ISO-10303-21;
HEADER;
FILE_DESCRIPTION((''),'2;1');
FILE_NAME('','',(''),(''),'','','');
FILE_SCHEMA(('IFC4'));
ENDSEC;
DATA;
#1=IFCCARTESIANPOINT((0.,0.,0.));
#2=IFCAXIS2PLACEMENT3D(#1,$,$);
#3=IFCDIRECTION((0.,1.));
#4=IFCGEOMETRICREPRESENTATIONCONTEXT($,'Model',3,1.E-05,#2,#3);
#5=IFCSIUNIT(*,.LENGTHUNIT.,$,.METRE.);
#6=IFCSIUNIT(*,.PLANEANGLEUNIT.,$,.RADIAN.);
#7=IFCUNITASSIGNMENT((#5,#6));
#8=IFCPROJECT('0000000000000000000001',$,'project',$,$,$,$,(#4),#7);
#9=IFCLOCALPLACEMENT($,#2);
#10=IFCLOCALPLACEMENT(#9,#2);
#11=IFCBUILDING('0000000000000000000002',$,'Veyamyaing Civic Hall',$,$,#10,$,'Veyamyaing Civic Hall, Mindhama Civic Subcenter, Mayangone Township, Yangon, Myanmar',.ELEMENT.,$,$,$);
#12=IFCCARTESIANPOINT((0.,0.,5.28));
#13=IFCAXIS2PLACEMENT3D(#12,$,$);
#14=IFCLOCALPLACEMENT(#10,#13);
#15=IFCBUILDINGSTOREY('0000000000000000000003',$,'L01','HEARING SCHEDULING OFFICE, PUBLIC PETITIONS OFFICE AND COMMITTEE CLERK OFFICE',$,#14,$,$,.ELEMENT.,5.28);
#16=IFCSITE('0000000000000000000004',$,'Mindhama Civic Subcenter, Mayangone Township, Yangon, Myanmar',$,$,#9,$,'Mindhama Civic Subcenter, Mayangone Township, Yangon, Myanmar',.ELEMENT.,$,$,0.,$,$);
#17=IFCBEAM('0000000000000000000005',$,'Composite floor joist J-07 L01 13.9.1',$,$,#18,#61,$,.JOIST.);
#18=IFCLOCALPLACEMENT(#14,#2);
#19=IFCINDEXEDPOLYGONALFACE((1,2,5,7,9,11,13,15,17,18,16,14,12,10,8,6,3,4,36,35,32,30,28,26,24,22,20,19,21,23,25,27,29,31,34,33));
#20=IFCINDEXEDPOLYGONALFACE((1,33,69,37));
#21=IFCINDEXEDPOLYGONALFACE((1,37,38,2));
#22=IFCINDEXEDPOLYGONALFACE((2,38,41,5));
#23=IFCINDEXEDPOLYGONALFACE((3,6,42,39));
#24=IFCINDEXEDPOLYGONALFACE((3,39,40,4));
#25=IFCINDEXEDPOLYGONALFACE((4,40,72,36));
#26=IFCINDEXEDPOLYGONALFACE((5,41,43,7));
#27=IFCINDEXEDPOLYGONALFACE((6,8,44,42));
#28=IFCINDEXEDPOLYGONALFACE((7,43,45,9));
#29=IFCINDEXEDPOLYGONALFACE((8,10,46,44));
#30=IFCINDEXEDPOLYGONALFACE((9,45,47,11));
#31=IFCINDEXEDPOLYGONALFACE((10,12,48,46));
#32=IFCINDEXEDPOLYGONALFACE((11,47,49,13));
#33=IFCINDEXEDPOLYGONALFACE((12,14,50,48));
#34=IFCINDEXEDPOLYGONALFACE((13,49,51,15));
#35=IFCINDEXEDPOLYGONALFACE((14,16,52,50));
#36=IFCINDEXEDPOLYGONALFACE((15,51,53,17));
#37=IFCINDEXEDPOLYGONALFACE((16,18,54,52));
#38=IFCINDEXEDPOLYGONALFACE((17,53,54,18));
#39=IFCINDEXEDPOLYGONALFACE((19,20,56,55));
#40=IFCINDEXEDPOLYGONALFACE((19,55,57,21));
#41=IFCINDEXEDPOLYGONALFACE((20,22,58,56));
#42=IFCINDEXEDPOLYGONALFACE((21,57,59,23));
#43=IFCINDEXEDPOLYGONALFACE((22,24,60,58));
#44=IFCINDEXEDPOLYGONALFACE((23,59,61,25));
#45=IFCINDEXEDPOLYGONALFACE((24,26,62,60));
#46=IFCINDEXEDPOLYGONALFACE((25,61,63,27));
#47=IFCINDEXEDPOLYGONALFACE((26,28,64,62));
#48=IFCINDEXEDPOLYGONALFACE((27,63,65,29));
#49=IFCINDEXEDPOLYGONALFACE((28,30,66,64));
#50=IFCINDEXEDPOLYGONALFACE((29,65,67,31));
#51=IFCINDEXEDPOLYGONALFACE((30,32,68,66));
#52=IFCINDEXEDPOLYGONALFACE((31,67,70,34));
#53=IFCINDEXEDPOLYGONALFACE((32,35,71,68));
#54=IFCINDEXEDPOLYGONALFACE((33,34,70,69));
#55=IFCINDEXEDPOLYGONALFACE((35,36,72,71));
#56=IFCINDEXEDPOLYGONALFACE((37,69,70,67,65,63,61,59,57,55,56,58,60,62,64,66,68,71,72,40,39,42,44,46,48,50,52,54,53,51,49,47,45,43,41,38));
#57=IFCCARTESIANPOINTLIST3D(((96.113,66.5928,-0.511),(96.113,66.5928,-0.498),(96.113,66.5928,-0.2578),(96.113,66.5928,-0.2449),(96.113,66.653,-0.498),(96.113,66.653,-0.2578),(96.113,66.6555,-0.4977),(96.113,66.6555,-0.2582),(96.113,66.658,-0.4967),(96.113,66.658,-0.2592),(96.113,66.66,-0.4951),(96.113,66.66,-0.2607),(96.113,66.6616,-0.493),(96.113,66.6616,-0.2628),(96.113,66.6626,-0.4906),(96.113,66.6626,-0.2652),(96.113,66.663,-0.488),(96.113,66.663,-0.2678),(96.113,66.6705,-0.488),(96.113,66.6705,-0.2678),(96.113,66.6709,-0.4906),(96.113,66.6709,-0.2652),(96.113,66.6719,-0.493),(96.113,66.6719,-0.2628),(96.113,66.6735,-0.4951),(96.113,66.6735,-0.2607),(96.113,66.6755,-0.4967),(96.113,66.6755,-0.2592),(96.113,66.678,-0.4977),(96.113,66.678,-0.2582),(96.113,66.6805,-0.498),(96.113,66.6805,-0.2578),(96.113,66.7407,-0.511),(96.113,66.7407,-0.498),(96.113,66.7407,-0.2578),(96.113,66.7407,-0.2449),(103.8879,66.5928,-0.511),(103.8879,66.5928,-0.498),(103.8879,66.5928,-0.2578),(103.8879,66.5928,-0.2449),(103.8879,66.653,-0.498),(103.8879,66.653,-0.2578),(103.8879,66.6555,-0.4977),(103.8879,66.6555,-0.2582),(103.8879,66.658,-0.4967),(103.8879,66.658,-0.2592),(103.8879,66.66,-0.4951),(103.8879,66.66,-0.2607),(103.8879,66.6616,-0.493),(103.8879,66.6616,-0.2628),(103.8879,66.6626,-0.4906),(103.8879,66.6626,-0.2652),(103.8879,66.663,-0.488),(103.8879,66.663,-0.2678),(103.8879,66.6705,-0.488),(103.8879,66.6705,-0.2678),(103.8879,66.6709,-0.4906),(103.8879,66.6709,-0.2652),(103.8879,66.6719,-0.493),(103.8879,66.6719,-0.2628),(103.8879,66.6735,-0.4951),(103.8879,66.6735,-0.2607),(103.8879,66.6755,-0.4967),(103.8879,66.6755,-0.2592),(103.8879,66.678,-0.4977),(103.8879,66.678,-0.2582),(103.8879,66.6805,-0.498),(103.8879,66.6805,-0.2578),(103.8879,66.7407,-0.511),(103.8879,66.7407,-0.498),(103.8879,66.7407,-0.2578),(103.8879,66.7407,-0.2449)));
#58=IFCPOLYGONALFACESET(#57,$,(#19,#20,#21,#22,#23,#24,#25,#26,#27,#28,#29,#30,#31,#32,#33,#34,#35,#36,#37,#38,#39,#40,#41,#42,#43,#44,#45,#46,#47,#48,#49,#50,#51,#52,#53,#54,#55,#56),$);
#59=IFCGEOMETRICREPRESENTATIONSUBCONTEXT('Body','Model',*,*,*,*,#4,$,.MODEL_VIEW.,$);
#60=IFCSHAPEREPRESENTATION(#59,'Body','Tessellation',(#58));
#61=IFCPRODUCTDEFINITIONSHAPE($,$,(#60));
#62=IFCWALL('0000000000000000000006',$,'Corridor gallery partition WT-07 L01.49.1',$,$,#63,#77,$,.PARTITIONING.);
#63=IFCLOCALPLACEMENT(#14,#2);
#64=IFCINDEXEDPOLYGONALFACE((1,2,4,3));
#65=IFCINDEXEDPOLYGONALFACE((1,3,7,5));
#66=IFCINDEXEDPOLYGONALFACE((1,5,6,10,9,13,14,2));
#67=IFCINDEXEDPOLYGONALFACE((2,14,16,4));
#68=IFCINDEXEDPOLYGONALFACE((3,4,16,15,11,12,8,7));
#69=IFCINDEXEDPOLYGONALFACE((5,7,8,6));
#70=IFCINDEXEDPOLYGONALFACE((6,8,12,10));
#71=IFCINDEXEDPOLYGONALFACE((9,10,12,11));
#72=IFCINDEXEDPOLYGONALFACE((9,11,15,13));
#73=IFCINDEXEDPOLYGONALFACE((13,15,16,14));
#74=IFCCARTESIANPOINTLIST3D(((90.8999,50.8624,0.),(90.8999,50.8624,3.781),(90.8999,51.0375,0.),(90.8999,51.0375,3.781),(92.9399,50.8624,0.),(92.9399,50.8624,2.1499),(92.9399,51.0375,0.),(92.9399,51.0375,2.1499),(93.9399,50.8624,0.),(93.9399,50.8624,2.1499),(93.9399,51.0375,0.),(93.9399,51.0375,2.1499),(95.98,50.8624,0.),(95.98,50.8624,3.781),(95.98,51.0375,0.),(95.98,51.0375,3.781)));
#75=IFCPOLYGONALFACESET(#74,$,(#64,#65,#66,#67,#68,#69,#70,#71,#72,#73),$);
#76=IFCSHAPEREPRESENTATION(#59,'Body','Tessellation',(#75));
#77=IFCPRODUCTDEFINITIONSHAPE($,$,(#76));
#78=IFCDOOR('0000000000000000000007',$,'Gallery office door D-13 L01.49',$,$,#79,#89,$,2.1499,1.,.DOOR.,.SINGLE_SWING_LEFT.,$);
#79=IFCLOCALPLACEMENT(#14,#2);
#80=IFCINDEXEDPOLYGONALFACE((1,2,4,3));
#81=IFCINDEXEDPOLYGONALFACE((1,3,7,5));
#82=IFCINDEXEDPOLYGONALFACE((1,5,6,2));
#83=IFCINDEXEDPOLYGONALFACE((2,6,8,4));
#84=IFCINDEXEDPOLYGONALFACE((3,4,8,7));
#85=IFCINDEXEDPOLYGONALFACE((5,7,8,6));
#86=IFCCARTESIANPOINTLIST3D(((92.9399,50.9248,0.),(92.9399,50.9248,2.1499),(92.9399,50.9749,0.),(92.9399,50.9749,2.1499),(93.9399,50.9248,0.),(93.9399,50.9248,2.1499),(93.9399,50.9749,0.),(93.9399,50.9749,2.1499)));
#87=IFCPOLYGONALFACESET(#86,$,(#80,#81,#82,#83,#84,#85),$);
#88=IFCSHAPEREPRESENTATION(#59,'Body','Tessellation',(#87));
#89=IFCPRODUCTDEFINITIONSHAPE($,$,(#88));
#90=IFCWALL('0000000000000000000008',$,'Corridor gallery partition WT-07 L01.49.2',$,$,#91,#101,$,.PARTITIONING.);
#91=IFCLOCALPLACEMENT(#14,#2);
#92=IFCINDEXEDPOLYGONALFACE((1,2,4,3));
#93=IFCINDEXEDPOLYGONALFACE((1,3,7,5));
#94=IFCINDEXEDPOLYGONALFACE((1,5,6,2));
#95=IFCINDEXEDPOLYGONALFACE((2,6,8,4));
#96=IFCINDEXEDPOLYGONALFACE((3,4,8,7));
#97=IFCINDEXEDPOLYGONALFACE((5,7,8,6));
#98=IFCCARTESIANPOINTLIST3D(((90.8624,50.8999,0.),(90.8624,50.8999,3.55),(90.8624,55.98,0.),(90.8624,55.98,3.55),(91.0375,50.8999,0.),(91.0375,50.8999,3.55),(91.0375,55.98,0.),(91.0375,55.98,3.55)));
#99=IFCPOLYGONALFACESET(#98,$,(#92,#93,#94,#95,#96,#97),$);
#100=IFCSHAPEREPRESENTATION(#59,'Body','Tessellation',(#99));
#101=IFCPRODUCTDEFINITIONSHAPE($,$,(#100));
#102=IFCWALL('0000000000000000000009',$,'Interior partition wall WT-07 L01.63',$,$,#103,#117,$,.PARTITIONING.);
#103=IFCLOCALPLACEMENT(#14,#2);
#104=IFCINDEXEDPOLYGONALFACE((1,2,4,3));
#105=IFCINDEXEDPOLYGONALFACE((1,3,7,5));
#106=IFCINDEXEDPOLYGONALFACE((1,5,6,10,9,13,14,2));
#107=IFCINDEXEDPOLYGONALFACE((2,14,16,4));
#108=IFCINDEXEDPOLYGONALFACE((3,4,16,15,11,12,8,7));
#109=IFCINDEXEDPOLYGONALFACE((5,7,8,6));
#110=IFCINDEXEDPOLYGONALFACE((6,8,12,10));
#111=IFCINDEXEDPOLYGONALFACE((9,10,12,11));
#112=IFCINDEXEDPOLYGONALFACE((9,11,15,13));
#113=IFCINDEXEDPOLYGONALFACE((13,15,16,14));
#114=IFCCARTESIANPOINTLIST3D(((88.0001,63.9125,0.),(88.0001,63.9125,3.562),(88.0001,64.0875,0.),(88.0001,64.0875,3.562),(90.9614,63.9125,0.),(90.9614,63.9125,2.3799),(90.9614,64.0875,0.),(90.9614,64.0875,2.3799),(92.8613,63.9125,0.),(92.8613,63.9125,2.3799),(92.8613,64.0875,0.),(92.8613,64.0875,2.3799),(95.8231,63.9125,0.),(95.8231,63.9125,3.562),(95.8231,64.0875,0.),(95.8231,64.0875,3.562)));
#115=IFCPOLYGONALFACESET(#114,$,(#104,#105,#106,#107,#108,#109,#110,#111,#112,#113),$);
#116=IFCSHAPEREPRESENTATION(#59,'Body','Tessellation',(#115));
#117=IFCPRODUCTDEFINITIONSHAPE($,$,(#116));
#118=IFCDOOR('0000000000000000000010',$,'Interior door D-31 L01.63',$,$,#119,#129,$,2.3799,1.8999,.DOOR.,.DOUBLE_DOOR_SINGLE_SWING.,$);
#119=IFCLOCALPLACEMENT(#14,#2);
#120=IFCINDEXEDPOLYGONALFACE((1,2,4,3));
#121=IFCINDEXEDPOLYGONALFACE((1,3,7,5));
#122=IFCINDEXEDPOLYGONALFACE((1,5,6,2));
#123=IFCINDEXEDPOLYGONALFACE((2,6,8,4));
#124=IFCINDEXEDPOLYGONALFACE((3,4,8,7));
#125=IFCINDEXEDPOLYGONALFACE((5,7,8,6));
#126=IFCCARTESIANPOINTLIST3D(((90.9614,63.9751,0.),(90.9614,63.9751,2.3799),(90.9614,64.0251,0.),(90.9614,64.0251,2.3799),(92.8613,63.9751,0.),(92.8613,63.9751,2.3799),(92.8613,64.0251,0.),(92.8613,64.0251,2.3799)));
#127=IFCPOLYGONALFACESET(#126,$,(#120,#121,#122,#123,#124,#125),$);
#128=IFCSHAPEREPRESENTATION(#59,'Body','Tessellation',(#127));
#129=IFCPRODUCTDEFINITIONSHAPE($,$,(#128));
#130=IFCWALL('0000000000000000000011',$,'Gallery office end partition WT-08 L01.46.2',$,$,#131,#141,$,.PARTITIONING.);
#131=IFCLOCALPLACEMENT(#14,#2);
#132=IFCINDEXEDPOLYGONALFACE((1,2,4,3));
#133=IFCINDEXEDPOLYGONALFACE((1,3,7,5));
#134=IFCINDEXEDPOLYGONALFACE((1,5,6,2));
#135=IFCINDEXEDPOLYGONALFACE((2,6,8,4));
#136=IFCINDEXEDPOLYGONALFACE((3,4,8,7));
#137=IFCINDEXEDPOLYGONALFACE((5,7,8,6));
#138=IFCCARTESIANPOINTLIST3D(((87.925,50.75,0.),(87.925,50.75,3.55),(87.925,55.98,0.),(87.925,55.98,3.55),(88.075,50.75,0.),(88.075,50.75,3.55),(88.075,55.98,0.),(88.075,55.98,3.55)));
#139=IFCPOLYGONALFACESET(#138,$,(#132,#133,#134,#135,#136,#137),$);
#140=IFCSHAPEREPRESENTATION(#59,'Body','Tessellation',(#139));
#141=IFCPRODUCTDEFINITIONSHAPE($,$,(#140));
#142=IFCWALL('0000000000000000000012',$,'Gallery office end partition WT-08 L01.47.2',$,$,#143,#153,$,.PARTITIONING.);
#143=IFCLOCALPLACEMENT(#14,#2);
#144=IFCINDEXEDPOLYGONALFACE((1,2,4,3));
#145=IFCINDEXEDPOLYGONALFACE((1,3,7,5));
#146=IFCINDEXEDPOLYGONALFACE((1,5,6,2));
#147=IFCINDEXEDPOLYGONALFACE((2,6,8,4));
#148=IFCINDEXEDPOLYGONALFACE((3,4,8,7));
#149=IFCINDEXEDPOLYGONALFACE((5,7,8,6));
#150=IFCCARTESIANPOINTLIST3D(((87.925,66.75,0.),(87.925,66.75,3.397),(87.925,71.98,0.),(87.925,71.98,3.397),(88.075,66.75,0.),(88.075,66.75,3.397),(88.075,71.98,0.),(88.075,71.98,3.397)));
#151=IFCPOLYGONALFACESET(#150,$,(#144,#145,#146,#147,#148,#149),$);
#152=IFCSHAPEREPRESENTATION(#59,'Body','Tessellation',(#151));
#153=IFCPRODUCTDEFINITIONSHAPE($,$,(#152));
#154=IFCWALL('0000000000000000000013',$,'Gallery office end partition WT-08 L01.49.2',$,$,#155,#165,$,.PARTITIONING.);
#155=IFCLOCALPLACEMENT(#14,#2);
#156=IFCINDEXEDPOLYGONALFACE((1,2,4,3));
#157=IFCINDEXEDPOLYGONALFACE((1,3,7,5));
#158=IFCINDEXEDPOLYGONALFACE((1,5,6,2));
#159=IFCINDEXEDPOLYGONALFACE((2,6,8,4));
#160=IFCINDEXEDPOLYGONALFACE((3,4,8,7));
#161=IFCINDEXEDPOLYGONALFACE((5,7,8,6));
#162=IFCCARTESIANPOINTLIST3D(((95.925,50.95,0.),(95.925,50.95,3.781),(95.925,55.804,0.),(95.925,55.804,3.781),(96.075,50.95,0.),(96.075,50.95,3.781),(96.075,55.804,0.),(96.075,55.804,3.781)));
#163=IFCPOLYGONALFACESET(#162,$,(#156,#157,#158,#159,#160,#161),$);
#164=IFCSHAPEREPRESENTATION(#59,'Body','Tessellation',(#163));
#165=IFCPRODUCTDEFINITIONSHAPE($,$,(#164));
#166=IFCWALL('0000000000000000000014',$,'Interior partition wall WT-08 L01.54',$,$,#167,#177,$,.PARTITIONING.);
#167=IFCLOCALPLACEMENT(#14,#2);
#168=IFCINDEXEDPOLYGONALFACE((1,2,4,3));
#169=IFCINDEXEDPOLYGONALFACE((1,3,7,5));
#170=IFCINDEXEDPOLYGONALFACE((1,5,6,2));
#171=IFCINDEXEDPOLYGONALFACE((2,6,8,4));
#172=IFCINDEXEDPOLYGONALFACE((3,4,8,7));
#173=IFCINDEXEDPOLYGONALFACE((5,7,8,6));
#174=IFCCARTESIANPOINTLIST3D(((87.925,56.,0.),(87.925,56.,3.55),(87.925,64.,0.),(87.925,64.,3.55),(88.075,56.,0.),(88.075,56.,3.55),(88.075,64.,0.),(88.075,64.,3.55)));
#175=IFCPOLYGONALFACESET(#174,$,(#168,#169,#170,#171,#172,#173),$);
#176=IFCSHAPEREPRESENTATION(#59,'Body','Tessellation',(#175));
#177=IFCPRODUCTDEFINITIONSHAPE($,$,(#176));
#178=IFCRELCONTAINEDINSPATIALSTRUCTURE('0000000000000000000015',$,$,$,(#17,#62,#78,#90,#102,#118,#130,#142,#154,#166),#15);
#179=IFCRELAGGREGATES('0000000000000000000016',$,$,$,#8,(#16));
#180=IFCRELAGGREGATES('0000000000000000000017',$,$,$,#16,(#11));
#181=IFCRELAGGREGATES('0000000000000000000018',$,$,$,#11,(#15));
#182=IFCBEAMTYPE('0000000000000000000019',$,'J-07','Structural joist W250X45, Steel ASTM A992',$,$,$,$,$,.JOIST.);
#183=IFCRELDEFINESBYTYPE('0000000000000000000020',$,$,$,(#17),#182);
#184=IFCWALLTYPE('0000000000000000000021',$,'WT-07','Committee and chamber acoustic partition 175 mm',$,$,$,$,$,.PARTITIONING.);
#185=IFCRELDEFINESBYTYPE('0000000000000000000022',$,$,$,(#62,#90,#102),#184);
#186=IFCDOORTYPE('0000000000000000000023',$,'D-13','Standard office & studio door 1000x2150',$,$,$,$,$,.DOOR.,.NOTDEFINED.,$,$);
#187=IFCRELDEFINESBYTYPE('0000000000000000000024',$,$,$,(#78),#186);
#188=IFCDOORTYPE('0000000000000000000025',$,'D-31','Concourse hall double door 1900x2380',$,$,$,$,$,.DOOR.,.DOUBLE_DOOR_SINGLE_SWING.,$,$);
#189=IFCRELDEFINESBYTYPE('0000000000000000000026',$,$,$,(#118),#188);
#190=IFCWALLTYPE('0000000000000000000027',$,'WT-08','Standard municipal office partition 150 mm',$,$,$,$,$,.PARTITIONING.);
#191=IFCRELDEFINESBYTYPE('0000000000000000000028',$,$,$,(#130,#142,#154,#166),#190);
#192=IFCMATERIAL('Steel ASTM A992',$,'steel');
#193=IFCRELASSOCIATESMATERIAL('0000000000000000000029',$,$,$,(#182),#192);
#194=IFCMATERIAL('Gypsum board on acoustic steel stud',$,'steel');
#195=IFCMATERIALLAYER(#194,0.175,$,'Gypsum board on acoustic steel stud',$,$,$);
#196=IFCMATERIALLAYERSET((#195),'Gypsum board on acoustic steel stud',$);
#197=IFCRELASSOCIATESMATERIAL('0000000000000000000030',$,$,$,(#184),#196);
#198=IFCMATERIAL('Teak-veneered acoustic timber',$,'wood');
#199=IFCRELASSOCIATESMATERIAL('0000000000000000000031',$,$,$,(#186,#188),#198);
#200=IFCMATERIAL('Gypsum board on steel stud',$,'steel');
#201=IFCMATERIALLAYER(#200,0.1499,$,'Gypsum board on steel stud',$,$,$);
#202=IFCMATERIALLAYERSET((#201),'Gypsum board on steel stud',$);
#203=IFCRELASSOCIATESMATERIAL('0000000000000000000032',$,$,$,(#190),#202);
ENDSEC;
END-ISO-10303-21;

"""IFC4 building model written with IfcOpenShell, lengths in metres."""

from ifc_helpers import new_model, si_unit, direction, frame, frame_2d, origin, origin_2d, place, context, subcontext, project, spatial, rectangle, i_section, extrude, material, layer, layer_set, material_profile, profile_set, type_object, element, fill, save


model = new_model("IFC4")

# Units and contexts
model_context = context("Model", 3, precision=1e-05, world=origin(), true_north=direction((0.0, 1.0)))
body_context = subcontext(model_context, "Body", "Model", "MODEL_VIEW")
ifc_project = project(units=[si_unit("LENGTHUNIT", "METRE"), si_unit("PLANEANGLEUNIT", "RADIAN")], contexts=[model_context])

# Site, building, storey
site_placement = place(None, origin())
site = spatial("IfcSite", under=ifc_project, at=site_placement, Name="Mindhama Civic Subcenter, Mayangone Township, Yangon, Myanmar", LongName="Mindhama Civic Subcenter, Mayangone Township, Yangon, Myanmar", CompositionType="ELEMENT", RefElevation=0.0)
building_placement = place(site_placement, origin())
building = spatial("IfcBuilding", under=site, at=building_placement, Name="Veyamyaing Civic Hall", LongName="Veyamyaing Civic Hall, Mindhama Civic Subcenter, Mayangone Township, Yangon, Myanmar", CompositionType="ELEMENT")
storey_placement = place(building_placement, frame((0.0, 0.0, 5.28)))
storey = spatial("IfcBuildingStorey", under=building, at=storey_placement, Name="L01", Description="HEARING SCHEDULING OFFICE, PUBLIC PETITIONS OFFICE AND COMMITTEE CLERK OFFICE", CompositionType="ELEMENT", Elevation=5.28)

# Beam
ifc_material_1 = material(Name="Steel ASTM A992", Category="steel")
ifc_material_profile_1 = material_profile(ifc_material_1, i_section(OverallWidth=0.1479, OverallDepth=0.2661, WebThickness=0.0076, FlangeThickness=0.0129, FilletRadius=0.01, at=origin_2d()), Name="W250X45")
ifc_profile_set_1 = profile_set([ifc_material_profile_1], Name="Steel ASTM A992")
beam_type_1 = type_object("IfcBeamType", Name="J-07", Description="Structural joist W250X45, Steel ASTM A992", PredefinedType="JOIST", material=ifc_profile_set_1)
beam_1_placement = place(storey_placement, frame((96.113, 66.6667, -0.3779), z_axis=(1.0, 0.0, 0.0), x_axis=(0.0, 1.0, 0.0)))
element("IfcBeam", 1, at=beam_1_placement, inside=storey, type_object=beam_type_1, Name="Composite floor joist J-07 L01 13.9.1", PredefinedType="JOIST", context=body_context, shape_type="SweptSolid", body=[
    extrude(i_section(OverallWidth=0.1479, OverallDepth=0.2661, WebThickness=0.0076, FlangeThickness=0.0129, FilletRadius=0.01, at=origin_2d()), origin(), (0.0, 0.0, 1.0), 7.7749),
])

# Wall, opening, door
ifc_material_2 = material(Name="Gypsum board on acoustic steel stud", Category="steel")
ifc_layer_1 = layer(ifc_material_2, 0.175, Name="Gypsum board on acoustic steel stud")
ifc_layer_set_1 = layer_set([ifc_layer_1], Name="Gypsum board on acoustic steel stud")
wall_type_1 = type_object("IfcWallType", Name="WT-07", Description="Committee and chamber acoustic partition 175 mm", PredefinedType="PARTITIONING", material=ifc_layer_set_1)
wall_1_placement = place(storey_placement, frame((90.8999, 50.95, 0.0), z_axis=(0.0, 0.0, 1.0), x_axis=(1.0, 0.0, 0.0)))
wall_1 = element("IfcWall", 2, at=wall_1_placement, inside=storey, type_object=wall_type_1, Name="Corridor gallery partition WT-07 L01.49.1", PredefinedType="PARTITIONING", context=body_context, shape_type="SweptSolid", body=[
    extrude(rectangle(XDim=5.0801, YDim=0.175, at=frame_2d((2.54, 0.0))), origin(), (0.0, 0.0, 1.0), 3.781),
])
opening_1_placement = place(wall_1_placement, frame((2.04, 0.0, 0.0)))
opening_1 = element("IfcOpeningElement", 3, at=opening_1_placement, cuts=wall_1, PredefinedType="OPENING", context=body_context, shape_type="SweptSolid", body=[
    extrude(rectangle(XDim=1.0, YDim=2.1499, at=frame_2d((0.5, 1.075))), frame((0.0, 0.0974, 0.0), z_axis=(0.0, -1.0, 0.0), x_axis=(1.0, 0.0, 0.0)), (0.0, 0.0, 1.0), 0.1951),
])
ifc_material_3 = material(Name="Teak-veneered acoustic timber", Category="wood")
door_type_1 = type_object("IfcDoorType", Name="D-13", Description="Standard office & studio door 1000x2150", OperationType="NOTDEFINED", PredefinedType="DOOR", material=ifc_material_3)
door_1_placement = place(opening_1_placement, origin())
door_1 = element("IfcDoor", 4, at=door_1_placement, inside=storey, type_object=door_type_1, Name="Gallery office door D-13 L01.49", OperationType="SINGLE_SWING_LEFT", OverallHeight=2.1499, OverallWidth=1.0, PredefinedType="DOOR", context=body_context, shape_type="SweptSolid", body=[
    extrude(rectangle(XDim=1.0, YDim=2.1499, at=frame_2d((0.5, 1.075))), frame((0.0, 0.0249, 0.0), z_axis=(0.0, -1.0, 0.0), x_axis=(1.0, 0.0, 0.0)), (0.0, 0.0, 1.0), 0.05),
])
fill(opening_1, door_1)

# Wall
wall_2_placement = place(storey_placement, frame((90.95, 50.8999, 0.0), z_axis=(0.0, 0.0, 1.0), x_axis=(0.0, 1.0, 0.0)))
element("IfcWall", 5, at=wall_2_placement, inside=storey, type_object=wall_type_1, Name="Corridor gallery partition WT-07 L01.49.2", PredefinedType="PARTITIONING", context=body_context, shape_type="SweptSolid", body=[
    extrude(rectangle(XDim=5.0801, YDim=0.175, at=frame_2d((2.54, 0.0))), origin(), (0.0, 0.0, 1.0), 3.55),
])

# Wall, opening, door
wall_3_placement = place(storey_placement, frame((88.0, 64.0, 0.0), z_axis=(0.0, 0.0, 1.0), x_axis=(1.0, 0.0, 0.0)))
wall_3 = element("IfcWall", 6, at=wall_3_placement, inside=storey, type_object=wall_type_1, Name="Interior partition wall WT-07 L01.63", PredefinedType="PARTITIONING", context=body_context, shape_type="SweptSolid", body=[
    extrude(rectangle(XDim=7.823, YDim=0.175, at=frame_2d((3.9116, 0.0))), origin(), (0.0, 0.0, 1.0), 3.562),
])
opening_2_placement = place(wall_3_placement, frame((2.9614, 0.0, 0.0)))
opening_2 = element("IfcOpeningElement", 7, at=opening_2_placement, cuts=wall_3, PredefinedType="OPENING", context=body_context, shape_type="SweptSolid", body=[
    extrude(rectangle(XDim=1.8999, YDim=2.3799, at=frame_2d((0.95, 1.1899))), frame((0.0, 0.0974, 0.0), z_axis=(0.0, -1.0, 0.0), x_axis=(1.0, 0.0, 0.0)), (0.0, 0.0, 1.0), 0.1951),
])
door_type_2 = type_object("IfcDoorType", Name="D-31", Description="Concourse hall double door 1900x2380", OperationType="DOUBLE_DOOR_SINGLE_SWING", PredefinedType="DOOR", material=ifc_material_3)
door_2_placement = place(opening_2_placement, frame((1.8999, 0.0, 0.0), z_axis=(0.0, 0.0, 1.0), x_axis=(-1.0, 0.0, 0.0)))
door_2 = element("IfcDoor", 8, at=door_2_placement, inside=storey, type_object=door_type_2, Name="Interior door D-31 L01.63", OperationType="DOUBLE_DOOR_SINGLE_SWING", OverallHeight=2.3799, OverallWidth=1.8999, PredefinedType="DOOR", context=body_context, shape_type="SweptSolid", body=[
    extrude(rectangle(XDim=1.8999, YDim=2.3799, at=frame_2d((0.95, 1.1899))), frame((0.0, 0.0249, 0.0), z_axis=(0.0, -1.0, 0.0), x_axis=(1.0, 0.0, 0.0)), (0.0, 0.0, 1.0), 0.05),
])
fill(opening_2, door_2)

# Walls
ifc_material_4 = material(Name="Gypsum board on steel stud", Category="steel")
ifc_layer_2 = layer(ifc_material_4, 0.1499, Name="Gypsum board on steel stud")
ifc_layer_set_2 = layer_set([ifc_layer_2], Name="Gypsum board on steel stud")
wall_type_2 = type_object("IfcWallType", Name="WT-08", Description="Standard municipal office partition 150 mm", PredefinedType="PARTITIONING", material=ifc_layer_set_2)
wall_4_placement = place(storey_placement, frame((88.0, 50.75, 0.0), z_axis=(0.0, 0.0, 1.0), x_axis=(0.0, 1.0, 0.0)))
element("IfcWall", 9, at=wall_4_placement, inside=storey, type_object=wall_type_2, Name="Gallery office end partition WT-08 L01.46.2", PredefinedType="PARTITIONING", context=body_context, shape_type="SweptSolid", body=[
    extrude(rectangle(XDim=5.23, YDim=0.1499, at=frame_2d((2.615, 0.0))), origin(), (0.0, 0.0, 1.0), 3.55),
])
wall_5_placement = place(storey_placement, frame((88.0, 66.75, 0.0), z_axis=(0.0, 0.0, 1.0), x_axis=(0.0, 1.0, 0.0)))
element("IfcWall", 10, at=wall_5_placement, inside=storey, type_object=wall_type_2, Name="Gallery office end partition WT-08 L01.47.2", PredefinedType="PARTITIONING", context=body_context, shape_type="SweptSolid", body=[
    extrude(rectangle(XDim=5.23, YDim=0.1499, at=frame_2d((2.615, 0.0))), origin(), (0.0, 0.0, 1.0), 3.397),
])
wall_6_placement = place(storey_placement, frame((96.0, 50.95, 0.0), z_axis=(0.0, 0.0, 1.0), x_axis=(0.0, 1.0, 0.0)))
element("IfcWall", 11, at=wall_6_placement, inside=storey, type_object=wall_type_2, Name="Gallery office end partition WT-08 L01.49.2", PredefinedType="PARTITIONING", context=body_context, shape_type="SweptSolid", body=[
    extrude(rectangle(XDim=4.854, YDim=0.1499, at=frame_2d((2.427, 0.0))), origin(), (0.0, 0.0, 1.0), 3.781),
])
wall_7_placement = place(storey_placement, frame((88.0, 56.0, 0.0), z_axis=(0.0, 0.0, 1.0), x_axis=(0.0, 1.0, 0.0)))
element("IfcWall", 12, at=wall_7_placement, inside=storey, type_object=wall_type_2, Name="Interior partition wall WT-08 L01.54", PredefinedType="PARTITIONING", context=body_context, shape_type="SweptSolid", body=[
    extrude(rectangle(XDim=8.0, YDim=0.1499, at=frame_2d((4.0, 0.0))), origin(), (0.0, 0.0, 1.0), 3.55),
])

save(model, "model.ifc")
